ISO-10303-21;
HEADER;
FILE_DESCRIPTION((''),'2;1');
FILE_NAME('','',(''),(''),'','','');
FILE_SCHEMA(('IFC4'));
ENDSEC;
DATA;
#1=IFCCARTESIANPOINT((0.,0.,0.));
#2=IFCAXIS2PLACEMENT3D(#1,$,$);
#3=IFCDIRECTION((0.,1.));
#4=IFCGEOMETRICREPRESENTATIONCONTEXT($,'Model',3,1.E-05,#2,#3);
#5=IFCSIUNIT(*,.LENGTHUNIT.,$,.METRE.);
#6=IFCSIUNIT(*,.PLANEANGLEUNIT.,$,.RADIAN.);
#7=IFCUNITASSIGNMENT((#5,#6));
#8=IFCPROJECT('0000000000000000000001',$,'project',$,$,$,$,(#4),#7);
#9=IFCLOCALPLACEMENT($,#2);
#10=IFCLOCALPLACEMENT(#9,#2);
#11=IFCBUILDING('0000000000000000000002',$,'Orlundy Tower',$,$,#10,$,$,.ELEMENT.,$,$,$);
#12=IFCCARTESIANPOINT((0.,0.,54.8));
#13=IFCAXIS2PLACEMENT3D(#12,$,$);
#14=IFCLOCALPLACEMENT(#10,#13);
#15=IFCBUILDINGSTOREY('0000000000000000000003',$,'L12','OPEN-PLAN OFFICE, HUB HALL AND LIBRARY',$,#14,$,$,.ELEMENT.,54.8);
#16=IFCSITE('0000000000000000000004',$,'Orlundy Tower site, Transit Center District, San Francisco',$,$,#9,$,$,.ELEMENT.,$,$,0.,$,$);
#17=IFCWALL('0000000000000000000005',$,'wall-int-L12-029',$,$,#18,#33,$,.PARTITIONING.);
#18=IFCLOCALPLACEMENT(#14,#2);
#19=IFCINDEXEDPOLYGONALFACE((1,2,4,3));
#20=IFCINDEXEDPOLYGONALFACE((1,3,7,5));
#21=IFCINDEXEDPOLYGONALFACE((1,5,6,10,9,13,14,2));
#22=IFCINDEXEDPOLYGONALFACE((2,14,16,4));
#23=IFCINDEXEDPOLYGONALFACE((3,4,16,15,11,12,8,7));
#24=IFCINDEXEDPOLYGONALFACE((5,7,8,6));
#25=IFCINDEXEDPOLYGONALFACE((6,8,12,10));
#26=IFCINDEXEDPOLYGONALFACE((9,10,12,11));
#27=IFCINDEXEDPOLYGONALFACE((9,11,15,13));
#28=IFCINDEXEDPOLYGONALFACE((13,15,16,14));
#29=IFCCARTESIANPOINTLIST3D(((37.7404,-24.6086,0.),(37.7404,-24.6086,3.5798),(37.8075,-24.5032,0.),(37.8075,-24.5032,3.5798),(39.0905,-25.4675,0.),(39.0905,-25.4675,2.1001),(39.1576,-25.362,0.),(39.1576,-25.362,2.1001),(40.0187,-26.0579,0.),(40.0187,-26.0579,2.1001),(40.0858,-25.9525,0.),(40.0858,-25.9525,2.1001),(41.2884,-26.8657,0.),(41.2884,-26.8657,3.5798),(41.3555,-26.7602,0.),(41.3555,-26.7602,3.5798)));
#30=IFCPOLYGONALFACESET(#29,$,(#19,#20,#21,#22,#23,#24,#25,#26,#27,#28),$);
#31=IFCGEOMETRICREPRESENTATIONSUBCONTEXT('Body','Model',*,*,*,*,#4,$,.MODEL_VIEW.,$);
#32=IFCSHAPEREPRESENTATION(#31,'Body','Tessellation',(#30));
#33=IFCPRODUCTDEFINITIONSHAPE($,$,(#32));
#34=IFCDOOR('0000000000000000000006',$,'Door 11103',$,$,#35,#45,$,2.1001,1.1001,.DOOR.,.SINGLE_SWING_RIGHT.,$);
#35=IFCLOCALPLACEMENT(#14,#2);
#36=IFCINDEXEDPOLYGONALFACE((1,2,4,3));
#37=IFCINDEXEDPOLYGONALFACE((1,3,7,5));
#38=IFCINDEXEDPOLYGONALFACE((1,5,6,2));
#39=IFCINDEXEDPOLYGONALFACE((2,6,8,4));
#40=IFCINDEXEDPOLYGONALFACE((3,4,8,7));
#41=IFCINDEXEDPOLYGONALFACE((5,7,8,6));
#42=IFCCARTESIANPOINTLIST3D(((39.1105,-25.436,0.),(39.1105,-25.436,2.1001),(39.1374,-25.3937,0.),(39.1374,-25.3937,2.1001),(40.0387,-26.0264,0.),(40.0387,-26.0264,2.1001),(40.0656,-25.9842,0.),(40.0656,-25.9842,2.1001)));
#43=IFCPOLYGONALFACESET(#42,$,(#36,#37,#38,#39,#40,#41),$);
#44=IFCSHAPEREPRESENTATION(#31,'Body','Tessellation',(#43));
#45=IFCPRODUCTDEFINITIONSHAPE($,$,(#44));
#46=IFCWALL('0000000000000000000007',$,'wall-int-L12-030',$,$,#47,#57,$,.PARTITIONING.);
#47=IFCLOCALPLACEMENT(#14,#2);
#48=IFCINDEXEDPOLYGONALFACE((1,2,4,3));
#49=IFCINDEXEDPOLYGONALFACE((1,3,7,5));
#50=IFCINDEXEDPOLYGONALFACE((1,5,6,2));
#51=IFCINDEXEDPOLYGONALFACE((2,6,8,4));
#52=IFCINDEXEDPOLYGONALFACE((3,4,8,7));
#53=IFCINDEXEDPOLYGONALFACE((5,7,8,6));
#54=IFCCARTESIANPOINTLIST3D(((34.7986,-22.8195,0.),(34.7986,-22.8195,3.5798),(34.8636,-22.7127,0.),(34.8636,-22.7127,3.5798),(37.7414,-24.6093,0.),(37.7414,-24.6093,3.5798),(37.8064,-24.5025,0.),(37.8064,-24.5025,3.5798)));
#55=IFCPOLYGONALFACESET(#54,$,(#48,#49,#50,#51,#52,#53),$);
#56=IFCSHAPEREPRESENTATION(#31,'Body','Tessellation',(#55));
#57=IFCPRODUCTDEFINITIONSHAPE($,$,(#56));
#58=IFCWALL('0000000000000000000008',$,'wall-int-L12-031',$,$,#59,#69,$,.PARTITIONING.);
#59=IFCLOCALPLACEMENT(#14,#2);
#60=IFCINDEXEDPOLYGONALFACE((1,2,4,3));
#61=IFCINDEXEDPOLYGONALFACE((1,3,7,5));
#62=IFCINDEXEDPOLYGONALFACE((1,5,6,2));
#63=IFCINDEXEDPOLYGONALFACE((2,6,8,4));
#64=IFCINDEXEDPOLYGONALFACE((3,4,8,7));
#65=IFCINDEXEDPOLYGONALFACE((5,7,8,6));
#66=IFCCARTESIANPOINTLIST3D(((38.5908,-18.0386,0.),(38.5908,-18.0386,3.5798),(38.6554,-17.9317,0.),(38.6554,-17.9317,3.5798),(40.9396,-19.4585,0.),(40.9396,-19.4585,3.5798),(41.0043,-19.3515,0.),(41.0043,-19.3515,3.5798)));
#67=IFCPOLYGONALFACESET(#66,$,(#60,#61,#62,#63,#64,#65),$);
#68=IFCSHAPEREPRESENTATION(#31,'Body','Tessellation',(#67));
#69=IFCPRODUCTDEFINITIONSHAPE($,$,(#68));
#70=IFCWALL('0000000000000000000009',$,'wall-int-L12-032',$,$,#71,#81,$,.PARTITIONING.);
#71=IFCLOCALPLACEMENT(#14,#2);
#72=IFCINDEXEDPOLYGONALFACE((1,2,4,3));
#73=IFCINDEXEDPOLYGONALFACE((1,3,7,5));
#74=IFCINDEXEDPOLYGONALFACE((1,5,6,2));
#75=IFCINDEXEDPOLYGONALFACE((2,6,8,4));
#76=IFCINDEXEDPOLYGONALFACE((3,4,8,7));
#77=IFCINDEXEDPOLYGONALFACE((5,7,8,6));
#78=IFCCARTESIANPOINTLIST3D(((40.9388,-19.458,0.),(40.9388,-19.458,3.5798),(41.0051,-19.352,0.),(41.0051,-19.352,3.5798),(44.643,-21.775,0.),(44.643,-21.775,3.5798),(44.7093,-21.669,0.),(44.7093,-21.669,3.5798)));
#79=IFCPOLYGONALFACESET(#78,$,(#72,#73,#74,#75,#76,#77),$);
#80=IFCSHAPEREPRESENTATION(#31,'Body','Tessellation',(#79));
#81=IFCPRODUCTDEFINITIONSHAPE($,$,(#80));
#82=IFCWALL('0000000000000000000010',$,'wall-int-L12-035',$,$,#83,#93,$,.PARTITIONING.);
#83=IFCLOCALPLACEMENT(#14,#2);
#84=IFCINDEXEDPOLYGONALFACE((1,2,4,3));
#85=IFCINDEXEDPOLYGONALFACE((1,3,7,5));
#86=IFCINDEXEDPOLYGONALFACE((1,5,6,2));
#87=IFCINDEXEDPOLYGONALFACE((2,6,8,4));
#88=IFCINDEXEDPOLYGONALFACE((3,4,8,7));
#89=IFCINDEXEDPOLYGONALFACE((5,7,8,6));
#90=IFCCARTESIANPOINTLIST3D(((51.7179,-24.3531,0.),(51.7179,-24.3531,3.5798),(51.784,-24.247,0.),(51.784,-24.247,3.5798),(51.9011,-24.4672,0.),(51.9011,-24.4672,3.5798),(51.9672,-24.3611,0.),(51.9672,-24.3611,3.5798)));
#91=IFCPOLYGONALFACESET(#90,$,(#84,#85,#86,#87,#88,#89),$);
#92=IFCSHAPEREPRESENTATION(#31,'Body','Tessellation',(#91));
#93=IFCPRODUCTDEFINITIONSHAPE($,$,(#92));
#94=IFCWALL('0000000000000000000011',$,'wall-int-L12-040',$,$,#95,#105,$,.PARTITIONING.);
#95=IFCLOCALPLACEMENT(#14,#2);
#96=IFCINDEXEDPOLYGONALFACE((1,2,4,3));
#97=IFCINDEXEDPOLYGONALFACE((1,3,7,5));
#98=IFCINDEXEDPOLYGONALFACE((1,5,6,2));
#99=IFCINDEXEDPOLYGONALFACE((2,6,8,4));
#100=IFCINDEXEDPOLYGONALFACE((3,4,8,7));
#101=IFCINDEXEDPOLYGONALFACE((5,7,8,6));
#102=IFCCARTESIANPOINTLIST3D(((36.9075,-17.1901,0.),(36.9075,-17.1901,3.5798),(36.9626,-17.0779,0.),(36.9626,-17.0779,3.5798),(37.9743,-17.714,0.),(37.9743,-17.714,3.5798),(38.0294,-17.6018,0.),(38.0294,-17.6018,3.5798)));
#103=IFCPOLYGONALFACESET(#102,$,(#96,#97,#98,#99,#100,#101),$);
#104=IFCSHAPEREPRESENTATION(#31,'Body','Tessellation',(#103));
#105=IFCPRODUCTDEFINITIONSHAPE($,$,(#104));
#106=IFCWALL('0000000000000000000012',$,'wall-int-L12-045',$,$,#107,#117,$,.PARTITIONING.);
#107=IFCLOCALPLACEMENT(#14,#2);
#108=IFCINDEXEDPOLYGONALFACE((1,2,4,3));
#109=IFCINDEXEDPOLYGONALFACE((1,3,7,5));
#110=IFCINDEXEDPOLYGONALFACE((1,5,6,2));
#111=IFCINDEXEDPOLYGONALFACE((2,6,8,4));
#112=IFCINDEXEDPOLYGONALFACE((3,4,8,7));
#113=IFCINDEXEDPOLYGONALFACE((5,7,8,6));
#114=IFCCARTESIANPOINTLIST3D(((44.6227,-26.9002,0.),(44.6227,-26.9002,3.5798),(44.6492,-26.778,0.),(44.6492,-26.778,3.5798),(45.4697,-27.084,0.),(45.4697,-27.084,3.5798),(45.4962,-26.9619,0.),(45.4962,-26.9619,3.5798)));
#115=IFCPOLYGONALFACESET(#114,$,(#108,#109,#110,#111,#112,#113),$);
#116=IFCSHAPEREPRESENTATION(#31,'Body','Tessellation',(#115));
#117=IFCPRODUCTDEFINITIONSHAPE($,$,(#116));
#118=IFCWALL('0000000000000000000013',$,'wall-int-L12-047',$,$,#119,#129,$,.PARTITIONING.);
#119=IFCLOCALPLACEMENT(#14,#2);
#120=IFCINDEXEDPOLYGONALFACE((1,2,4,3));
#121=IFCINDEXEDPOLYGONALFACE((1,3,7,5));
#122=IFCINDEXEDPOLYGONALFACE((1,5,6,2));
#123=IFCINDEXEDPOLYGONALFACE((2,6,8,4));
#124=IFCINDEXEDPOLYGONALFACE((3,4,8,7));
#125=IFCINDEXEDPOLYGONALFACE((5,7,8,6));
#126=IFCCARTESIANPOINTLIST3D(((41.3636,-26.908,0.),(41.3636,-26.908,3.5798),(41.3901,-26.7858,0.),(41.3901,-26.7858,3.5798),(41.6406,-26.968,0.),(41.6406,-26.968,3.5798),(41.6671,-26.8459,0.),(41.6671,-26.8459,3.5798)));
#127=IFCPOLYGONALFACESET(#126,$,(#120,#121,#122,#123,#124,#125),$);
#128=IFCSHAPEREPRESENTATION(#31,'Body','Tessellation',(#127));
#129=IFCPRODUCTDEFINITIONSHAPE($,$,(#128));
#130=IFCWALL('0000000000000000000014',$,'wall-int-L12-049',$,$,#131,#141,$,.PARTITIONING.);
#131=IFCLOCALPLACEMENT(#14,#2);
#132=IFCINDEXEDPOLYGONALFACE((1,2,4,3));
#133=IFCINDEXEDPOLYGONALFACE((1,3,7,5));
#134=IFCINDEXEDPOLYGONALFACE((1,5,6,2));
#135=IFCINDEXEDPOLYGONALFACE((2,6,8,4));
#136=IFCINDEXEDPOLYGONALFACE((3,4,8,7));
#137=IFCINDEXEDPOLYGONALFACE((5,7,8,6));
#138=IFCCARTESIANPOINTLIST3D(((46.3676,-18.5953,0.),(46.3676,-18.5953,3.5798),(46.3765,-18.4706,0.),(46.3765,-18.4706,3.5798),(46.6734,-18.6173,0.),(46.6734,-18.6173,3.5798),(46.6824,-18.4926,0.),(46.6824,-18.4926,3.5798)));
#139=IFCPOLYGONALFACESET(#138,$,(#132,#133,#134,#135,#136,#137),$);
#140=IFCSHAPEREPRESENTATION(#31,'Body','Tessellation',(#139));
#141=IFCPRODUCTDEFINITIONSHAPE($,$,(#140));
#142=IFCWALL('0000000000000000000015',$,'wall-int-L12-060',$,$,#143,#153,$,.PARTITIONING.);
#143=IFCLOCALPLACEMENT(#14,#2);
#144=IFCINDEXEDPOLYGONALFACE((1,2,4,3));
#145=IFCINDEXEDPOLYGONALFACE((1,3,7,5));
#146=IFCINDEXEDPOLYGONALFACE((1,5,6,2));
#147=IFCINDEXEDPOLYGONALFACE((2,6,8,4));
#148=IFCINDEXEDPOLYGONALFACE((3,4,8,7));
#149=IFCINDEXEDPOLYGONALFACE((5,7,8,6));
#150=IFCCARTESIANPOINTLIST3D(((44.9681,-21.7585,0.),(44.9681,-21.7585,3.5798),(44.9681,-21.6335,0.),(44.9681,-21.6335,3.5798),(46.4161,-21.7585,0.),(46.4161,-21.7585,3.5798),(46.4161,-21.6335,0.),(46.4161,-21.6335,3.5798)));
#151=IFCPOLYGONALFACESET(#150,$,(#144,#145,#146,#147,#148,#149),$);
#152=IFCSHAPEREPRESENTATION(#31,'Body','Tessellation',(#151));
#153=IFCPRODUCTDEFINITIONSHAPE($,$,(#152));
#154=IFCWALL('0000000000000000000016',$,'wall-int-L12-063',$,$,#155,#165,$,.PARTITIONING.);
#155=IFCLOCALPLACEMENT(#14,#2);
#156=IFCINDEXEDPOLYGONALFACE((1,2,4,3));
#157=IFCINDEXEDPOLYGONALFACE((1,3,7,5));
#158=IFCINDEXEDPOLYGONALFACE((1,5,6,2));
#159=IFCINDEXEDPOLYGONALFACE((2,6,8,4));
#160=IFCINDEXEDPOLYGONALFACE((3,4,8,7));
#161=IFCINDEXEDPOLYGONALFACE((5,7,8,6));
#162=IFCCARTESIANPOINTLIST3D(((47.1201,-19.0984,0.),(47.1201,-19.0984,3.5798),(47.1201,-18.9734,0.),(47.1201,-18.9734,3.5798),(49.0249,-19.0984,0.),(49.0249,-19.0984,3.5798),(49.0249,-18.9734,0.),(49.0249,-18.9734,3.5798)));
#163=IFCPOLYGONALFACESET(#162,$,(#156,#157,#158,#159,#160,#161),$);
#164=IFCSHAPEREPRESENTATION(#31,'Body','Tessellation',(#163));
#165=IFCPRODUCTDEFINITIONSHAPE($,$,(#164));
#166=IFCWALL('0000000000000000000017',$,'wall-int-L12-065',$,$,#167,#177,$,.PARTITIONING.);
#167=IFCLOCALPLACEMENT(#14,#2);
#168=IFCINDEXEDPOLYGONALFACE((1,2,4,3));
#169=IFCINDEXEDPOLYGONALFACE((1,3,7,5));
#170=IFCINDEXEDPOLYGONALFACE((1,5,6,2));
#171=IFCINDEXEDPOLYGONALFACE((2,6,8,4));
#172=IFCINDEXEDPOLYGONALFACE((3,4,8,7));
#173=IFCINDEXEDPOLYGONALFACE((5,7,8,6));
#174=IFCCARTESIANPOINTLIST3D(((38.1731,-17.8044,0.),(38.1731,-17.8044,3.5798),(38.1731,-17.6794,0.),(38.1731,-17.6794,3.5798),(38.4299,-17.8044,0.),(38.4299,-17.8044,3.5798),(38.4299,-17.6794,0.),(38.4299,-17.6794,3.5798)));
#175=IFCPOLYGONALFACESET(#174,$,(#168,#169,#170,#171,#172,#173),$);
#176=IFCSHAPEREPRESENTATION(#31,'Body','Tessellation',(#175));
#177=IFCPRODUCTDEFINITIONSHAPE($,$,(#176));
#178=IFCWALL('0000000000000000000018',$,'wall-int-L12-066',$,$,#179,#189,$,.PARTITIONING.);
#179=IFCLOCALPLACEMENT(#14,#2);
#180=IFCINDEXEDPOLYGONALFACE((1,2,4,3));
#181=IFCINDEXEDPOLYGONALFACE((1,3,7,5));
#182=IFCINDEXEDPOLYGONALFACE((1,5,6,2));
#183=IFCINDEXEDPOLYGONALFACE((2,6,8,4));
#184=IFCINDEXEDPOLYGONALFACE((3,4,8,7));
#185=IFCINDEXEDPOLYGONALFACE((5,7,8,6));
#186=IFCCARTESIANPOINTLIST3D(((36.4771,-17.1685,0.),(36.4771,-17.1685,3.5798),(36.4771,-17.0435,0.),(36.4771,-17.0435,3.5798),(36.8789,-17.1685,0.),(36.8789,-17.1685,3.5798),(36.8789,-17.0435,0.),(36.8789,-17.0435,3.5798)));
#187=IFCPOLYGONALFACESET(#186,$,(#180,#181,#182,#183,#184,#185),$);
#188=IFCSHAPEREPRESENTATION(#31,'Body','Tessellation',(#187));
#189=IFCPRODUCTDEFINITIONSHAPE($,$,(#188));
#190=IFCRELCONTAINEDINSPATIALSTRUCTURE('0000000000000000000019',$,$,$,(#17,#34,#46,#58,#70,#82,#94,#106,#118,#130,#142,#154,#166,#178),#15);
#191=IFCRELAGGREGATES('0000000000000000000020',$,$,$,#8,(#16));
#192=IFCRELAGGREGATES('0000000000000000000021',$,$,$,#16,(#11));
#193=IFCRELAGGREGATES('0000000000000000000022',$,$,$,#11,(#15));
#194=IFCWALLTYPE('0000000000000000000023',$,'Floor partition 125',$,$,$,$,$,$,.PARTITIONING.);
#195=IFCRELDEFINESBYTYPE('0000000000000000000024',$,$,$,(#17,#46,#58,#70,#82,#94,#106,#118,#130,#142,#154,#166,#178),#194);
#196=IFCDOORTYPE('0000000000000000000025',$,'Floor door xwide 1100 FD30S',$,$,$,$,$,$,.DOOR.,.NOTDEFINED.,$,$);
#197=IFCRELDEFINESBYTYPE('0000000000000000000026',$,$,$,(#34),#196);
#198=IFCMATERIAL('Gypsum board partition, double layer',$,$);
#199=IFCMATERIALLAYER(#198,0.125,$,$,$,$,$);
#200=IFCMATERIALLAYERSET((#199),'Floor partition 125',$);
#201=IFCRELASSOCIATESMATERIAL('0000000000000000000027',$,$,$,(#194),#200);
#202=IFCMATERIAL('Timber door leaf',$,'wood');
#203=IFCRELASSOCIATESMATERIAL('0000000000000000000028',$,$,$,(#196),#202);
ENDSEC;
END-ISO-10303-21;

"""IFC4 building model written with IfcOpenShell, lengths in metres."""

from ifc_helpers import new_model, si_unit, direction, frame, frame_2d, origin, place, context, subcontext, project, spatial, rectangle, extrude, material, layer, layer_set, type_object, element, fill, save


model = new_model("IFC4")

# Units and contexts
model_context = context("Model", 3, precision=1e-05, world=origin(), true_north=direction((0.0, 1.0)))
body_context = subcontext(model_context, "Body", "Model", "MODEL_VIEW")
ifc_project = project(units=[si_unit("LENGTHUNIT", "METRE"), si_unit("PLANEANGLEUNIT", "RADIAN")], contexts=[model_context])

# Site, building, storey
site_placement = place(None, origin())
site = spatial("IfcSite", under=ifc_project, at=site_placement, Name="Orlundy Tower site, Transit Center District, San Francisco", CompositionType="ELEMENT", RefElevation=0.0)
building_placement = place(site_placement, origin())
building = spatial("IfcBuilding", under=site, at=building_placement, Name="Orlundy Tower", CompositionType="ELEMENT")
storey_placement = place(building_placement, frame((0.0, 0.0, 54.8)))
storey = spatial("IfcBuildingStorey", under=building, at=storey_placement, Name="L12", Description="OPEN-PLAN OFFICE, HUB HALL AND LIBRARY", CompositionType="ELEMENT", Elevation=54.8)

# Shared definitions
ifc_material_1 = material(Name="Gypsum board partition, double layer")
ifc_layer_1 = layer(ifc_material_1, 0.125)
ifc_layer_set_1 = layer_set([ifc_layer_1], Name="Floor partition 125")
wall_type_1 = type_object("IfcWallType", Name="Floor partition 125", PredefinedType="PARTITIONING", material=ifc_layer_set_1)

# Wall, opening, door
wall_1_placement = place(storey_placement, frame((37.7739, -24.5559, 0.0), z_axis=(0.0, 0.0, 1.0), x_axis=(0.843748, -0.53674, 0.0)))
wall_1 = element("IfcWall", 1, at=wall_1_placement, inside=storey, type_object=wall_type_1, Name="wall-int-L12-029", PredefinedType="PARTITIONING", context=body_context, shape_type="SweptSolid", body=[
    extrude(rectangle(XDim=4.2051, YDim=0.125, at=frame_2d((2.1025, 0.0))), origin(), (0.0, 0.0, 1.0), 3.5798),
])
opening_1_placement = place(wall_1_placement, frame((1.6001, 0.0, 0.0)))
opening_1 = element("IfcOpeningElement", 2, at=opening_1_placement, cuts=wall_1, PredefinedType="OPENING", context=body_context, shape_type="SweptSolid", body=[
    extrude(rectangle(XDim=1.1001, YDim=2.1001, at=frame_2d((0.55, 1.05))), frame((0.0, 0.0725, 0.0), z_axis=(0.0, -1.0, 0.0), x_axis=(1.0, 0.0, 0.0)), (0.0, 0.0, 1.0), 0.145),
])
ifc_material_2 = material(Name="Timber door leaf", Category="wood")
door_type_1 = type_object("IfcDoorType", Name="Floor door xwide 1100 FD30S", OperationType="NOTDEFINED", PredefinedType="DOOR", material=ifc_material_2)
door_1_placement = place(opening_1_placement, origin())
door_1 = element("IfcDoor", 3, at=door_1_placement, inside=storey, type_object=door_type_1, Name="Door 11103", OperationType="SINGLE_SWING_RIGHT", OverallHeight=2.1001, OverallWidth=1.1001, PredefinedType="DOOR", context=body_context, shape_type="SweptSolid", body=[
    extrude(rectangle(XDim=1.1001, YDim=2.1001, at=frame_2d((0.55, 1.05))), frame((0.0, 0.0249, 0.0), z_axis=(0.0, -1.0, 0.0), x_axis=(1.0, 0.0, 0.0)), (0.0, 0.0, 1.0), 0.05),
])
fill(opening_1, door_1)

# Walls
wall_2_placement = place(storey_placement, frame((37.7739, -24.5559, 0.0), z_axis=(0.0, 0.0, 1.0), x_axis=(-0.854394, 0.519625, 0.0)))
element("IfcWall", 4, at=wall_2_placement, inside=storey, type_object=wall_type_1, Name="wall-int-L12-030", PredefinedType="PARTITIONING", context=body_context, shape_type="SweptSolid", body=[
    extrude(rectangle(XDim=3.4443, YDim=0.125, at=frame_2d((1.7222, 0.0))), origin(), (0.0, 0.0, 1.0), 3.5798),
])
wall_3_placement = place(storey_placement, frame((40.9719, -19.405, 0.0), z_axis=(0.0, 0.0, 1.0), x_axis=(-0.855785, 0.517331, 0.0)))
element("IfcWall", 5, at=wall_3_placement, inside=storey, type_object=wall_type_1, Name="wall-int-L12-031", PredefinedType="PARTITIONING", context=body_context, shape_type="SweptSolid", body=[
    extrude(rectangle(XDim=2.7446, YDim=0.125, at=frame_2d((1.3723, 0.0))), origin(), (0.0, 0.0, 1.0), 3.5798),
])
wall_4_placement = place(storey_placement, frame((40.9719, -19.405, 0.0), z_axis=(0.0, 0.0, 1.0), x_axis=(0.84781, -0.5303, 0.0)))
element("IfcWall", 6, at=wall_4_placement, inside=storey, type_object=wall_type_1, Name="wall-int-L12-032", PredefinedType="PARTITIONING", context=body_context, shape_type="SweptSolid", body=[
    extrude(rectangle(XDim=4.3691, YDim=0.125, at=frame_2d((2.1846, 0.0))), origin(), (0.0, 0.0, 1.0), 3.5798),
])
wall_5_placement = place(storey_placement, frame((51.751, -24.3, 0.0), z_axis=(0.0, 0.0, 1.0), x_axis=(0.848887, -0.528574, 0.0)))
element("IfcWall", 7, at=wall_5_placement, inside=storey, type_object=wall_type_1, Name="wall-int-L12-035", PredefinedType="PARTITIONING", context=body_context, shape_type="SweptSolid", body=[
    extrude(rectangle(XDim=0.2158, YDim=0.125, at=frame_2d((0.1079, 0.0))), origin(), (0.0, 0.0, 1.0), 3.5798),
])
wall_6_placement = place(storey_placement, frame((36.9351, -17.134, 0.0), z_axis=(0.0, 0.0, 1.0), x_axis=(0.897609, -0.440794, 0.0)))
element("IfcWall", 8, at=wall_6_placement, inside=storey, type_object=wall_type_1, Name="wall-int-L12-040", PredefinedType="PARTITIONING", context=body_context, shape_type="SweptSolid", body=[
    extrude(rectangle(XDim=1.1885, YDim=0.125, at=frame_2d((0.5942, 0.0))), origin(), (0.0, 0.0, 1.0), 3.5798),
])
wall_7_placement = place(storey_placement, frame((44.636, -26.8391, 0.0), z_axis=(0.0, 0.0, 1.0), x_axis=(0.977242, -0.212126, 0.0)))
element("IfcWall", 9, at=wall_7_placement, inside=storey, type_object=wall_type_1, Name="wall-int-L12-045", PredefinedType="PARTITIONING", context=body_context, shape_type="SweptSolid", body=[
    extrude(rectangle(XDim=0.8667, YDim=0.125, at=frame_2d((0.4333, 0.0))), origin(), (0.0, 0.0, 1.0), 3.5798),
])
wall_8_placement = place(storey_placement, frame((41.377, -26.8469, 0.0), z_axis=(0.0, 0.0, 1.0), x_axis=(0.977308, -0.211822, 0.0)))
element("IfcWall", 10, at=wall_8_placement, inside=storey, type_object=wall_type_1, Name="wall-int-L12-047", PredefinedType="PARTITIONING", context=body_context, shape_type="SweptSolid", body=[
    extrude(rectangle(XDim=0.2834, YDim=0.125, at=frame_2d((0.1416, 0.0))), origin(), (0.0, 0.0, 1.0), 3.5798),
])
wall_9_placement = place(storey_placement, frame((46.3721, -18.533, 0.0), z_axis=(0.0, 0.0, 1.0), x_axis=(0.99743, -0.071643, 0.0)))
element("IfcWall", 11, at=wall_9_placement, inside=storey, type_object=wall_type_1, Name="wall-int-L12-049", PredefinedType="PARTITIONING", context=body_context, shape_type="SweptSolid", body=[
    extrude(rectangle(XDim=0.3066, YDim=0.125, at=frame_2d((0.1533, 0.0))), origin(), (0.0, 0.0, 1.0), 3.5798),
])
wall_10_placement = place(storey_placement, frame((44.968, -21.696, 0.0), z_axis=(0.0, 0.0, 1.0), x_axis=(1.0, 0.0, 0.0)))
element("IfcWall", 12, at=wall_10_placement, inside=storey, type_object=wall_type_1, Name="wall-int-L12-060", PredefinedType="PARTITIONING", context=body_context, shape_type="SweptSolid", body=[
    extrude(rectangle(XDim=1.448, YDim=0.125, at=frame_2d((0.7241, 0.0))), origin(), (0.0, 0.0, 1.0), 3.5798),
])
wall_11_placement = place(storey_placement, frame((47.1201, -19.0359, 0.0), z_axis=(0.0, 0.0, 1.0), x_axis=(1.0, 0.0, 0.0)))
element("IfcWall", 13, at=wall_11_placement, inside=storey, type_object=wall_type_1, Name="wall-int-L12-063", PredefinedType="PARTITIONING", context=body_context, shape_type="SweptSolid", body=[
    extrude(rectangle(XDim=1.9048, YDim=0.125, at=frame_2d((0.9524, 0.0))), origin(), (0.0, 0.0, 1.0), 3.5798),
])
wall_12_placement = place(storey_placement, frame((38.1731, -17.7419, 0.0), z_axis=(0.0, 0.0, 1.0), x_axis=(1.0, 0.0, 0.0)))
element("IfcWall", 14, at=wall_12_placement, inside=storey, type_object=wall_type_1, Name="wall-int-L12-065", PredefinedType="PARTITIONING", context=body_context, shape_type="SweptSolid", body=[
    extrude(rectangle(XDim=0.2568, YDim=0.125, at=frame_2d((0.1284, 0.0))), origin(), (0.0, 0.0, 1.0), 3.5798),
])
wall_13_placement = place(storey_placement, frame((36.4771, -17.106, 0.0), z_axis=(0.0, 0.0, 1.0), x_axis=(1.0, 0.0, 0.0)))
element("IfcWall", 15, at=wall_13_placement, inside=storey, type_object=wall_type_1, Name="wall-int-L12-066", PredefinedType="PARTITIONING", context=body_context, shape_type="SweptSolid", body=[
    extrude(rectangle(XDim=0.4019, YDim=0.125, at=frame_2d((0.2009, 0.0))), origin(), (0.0, 0.0, 1.0), 3.5798),
])

save(model, "model.ifc")
